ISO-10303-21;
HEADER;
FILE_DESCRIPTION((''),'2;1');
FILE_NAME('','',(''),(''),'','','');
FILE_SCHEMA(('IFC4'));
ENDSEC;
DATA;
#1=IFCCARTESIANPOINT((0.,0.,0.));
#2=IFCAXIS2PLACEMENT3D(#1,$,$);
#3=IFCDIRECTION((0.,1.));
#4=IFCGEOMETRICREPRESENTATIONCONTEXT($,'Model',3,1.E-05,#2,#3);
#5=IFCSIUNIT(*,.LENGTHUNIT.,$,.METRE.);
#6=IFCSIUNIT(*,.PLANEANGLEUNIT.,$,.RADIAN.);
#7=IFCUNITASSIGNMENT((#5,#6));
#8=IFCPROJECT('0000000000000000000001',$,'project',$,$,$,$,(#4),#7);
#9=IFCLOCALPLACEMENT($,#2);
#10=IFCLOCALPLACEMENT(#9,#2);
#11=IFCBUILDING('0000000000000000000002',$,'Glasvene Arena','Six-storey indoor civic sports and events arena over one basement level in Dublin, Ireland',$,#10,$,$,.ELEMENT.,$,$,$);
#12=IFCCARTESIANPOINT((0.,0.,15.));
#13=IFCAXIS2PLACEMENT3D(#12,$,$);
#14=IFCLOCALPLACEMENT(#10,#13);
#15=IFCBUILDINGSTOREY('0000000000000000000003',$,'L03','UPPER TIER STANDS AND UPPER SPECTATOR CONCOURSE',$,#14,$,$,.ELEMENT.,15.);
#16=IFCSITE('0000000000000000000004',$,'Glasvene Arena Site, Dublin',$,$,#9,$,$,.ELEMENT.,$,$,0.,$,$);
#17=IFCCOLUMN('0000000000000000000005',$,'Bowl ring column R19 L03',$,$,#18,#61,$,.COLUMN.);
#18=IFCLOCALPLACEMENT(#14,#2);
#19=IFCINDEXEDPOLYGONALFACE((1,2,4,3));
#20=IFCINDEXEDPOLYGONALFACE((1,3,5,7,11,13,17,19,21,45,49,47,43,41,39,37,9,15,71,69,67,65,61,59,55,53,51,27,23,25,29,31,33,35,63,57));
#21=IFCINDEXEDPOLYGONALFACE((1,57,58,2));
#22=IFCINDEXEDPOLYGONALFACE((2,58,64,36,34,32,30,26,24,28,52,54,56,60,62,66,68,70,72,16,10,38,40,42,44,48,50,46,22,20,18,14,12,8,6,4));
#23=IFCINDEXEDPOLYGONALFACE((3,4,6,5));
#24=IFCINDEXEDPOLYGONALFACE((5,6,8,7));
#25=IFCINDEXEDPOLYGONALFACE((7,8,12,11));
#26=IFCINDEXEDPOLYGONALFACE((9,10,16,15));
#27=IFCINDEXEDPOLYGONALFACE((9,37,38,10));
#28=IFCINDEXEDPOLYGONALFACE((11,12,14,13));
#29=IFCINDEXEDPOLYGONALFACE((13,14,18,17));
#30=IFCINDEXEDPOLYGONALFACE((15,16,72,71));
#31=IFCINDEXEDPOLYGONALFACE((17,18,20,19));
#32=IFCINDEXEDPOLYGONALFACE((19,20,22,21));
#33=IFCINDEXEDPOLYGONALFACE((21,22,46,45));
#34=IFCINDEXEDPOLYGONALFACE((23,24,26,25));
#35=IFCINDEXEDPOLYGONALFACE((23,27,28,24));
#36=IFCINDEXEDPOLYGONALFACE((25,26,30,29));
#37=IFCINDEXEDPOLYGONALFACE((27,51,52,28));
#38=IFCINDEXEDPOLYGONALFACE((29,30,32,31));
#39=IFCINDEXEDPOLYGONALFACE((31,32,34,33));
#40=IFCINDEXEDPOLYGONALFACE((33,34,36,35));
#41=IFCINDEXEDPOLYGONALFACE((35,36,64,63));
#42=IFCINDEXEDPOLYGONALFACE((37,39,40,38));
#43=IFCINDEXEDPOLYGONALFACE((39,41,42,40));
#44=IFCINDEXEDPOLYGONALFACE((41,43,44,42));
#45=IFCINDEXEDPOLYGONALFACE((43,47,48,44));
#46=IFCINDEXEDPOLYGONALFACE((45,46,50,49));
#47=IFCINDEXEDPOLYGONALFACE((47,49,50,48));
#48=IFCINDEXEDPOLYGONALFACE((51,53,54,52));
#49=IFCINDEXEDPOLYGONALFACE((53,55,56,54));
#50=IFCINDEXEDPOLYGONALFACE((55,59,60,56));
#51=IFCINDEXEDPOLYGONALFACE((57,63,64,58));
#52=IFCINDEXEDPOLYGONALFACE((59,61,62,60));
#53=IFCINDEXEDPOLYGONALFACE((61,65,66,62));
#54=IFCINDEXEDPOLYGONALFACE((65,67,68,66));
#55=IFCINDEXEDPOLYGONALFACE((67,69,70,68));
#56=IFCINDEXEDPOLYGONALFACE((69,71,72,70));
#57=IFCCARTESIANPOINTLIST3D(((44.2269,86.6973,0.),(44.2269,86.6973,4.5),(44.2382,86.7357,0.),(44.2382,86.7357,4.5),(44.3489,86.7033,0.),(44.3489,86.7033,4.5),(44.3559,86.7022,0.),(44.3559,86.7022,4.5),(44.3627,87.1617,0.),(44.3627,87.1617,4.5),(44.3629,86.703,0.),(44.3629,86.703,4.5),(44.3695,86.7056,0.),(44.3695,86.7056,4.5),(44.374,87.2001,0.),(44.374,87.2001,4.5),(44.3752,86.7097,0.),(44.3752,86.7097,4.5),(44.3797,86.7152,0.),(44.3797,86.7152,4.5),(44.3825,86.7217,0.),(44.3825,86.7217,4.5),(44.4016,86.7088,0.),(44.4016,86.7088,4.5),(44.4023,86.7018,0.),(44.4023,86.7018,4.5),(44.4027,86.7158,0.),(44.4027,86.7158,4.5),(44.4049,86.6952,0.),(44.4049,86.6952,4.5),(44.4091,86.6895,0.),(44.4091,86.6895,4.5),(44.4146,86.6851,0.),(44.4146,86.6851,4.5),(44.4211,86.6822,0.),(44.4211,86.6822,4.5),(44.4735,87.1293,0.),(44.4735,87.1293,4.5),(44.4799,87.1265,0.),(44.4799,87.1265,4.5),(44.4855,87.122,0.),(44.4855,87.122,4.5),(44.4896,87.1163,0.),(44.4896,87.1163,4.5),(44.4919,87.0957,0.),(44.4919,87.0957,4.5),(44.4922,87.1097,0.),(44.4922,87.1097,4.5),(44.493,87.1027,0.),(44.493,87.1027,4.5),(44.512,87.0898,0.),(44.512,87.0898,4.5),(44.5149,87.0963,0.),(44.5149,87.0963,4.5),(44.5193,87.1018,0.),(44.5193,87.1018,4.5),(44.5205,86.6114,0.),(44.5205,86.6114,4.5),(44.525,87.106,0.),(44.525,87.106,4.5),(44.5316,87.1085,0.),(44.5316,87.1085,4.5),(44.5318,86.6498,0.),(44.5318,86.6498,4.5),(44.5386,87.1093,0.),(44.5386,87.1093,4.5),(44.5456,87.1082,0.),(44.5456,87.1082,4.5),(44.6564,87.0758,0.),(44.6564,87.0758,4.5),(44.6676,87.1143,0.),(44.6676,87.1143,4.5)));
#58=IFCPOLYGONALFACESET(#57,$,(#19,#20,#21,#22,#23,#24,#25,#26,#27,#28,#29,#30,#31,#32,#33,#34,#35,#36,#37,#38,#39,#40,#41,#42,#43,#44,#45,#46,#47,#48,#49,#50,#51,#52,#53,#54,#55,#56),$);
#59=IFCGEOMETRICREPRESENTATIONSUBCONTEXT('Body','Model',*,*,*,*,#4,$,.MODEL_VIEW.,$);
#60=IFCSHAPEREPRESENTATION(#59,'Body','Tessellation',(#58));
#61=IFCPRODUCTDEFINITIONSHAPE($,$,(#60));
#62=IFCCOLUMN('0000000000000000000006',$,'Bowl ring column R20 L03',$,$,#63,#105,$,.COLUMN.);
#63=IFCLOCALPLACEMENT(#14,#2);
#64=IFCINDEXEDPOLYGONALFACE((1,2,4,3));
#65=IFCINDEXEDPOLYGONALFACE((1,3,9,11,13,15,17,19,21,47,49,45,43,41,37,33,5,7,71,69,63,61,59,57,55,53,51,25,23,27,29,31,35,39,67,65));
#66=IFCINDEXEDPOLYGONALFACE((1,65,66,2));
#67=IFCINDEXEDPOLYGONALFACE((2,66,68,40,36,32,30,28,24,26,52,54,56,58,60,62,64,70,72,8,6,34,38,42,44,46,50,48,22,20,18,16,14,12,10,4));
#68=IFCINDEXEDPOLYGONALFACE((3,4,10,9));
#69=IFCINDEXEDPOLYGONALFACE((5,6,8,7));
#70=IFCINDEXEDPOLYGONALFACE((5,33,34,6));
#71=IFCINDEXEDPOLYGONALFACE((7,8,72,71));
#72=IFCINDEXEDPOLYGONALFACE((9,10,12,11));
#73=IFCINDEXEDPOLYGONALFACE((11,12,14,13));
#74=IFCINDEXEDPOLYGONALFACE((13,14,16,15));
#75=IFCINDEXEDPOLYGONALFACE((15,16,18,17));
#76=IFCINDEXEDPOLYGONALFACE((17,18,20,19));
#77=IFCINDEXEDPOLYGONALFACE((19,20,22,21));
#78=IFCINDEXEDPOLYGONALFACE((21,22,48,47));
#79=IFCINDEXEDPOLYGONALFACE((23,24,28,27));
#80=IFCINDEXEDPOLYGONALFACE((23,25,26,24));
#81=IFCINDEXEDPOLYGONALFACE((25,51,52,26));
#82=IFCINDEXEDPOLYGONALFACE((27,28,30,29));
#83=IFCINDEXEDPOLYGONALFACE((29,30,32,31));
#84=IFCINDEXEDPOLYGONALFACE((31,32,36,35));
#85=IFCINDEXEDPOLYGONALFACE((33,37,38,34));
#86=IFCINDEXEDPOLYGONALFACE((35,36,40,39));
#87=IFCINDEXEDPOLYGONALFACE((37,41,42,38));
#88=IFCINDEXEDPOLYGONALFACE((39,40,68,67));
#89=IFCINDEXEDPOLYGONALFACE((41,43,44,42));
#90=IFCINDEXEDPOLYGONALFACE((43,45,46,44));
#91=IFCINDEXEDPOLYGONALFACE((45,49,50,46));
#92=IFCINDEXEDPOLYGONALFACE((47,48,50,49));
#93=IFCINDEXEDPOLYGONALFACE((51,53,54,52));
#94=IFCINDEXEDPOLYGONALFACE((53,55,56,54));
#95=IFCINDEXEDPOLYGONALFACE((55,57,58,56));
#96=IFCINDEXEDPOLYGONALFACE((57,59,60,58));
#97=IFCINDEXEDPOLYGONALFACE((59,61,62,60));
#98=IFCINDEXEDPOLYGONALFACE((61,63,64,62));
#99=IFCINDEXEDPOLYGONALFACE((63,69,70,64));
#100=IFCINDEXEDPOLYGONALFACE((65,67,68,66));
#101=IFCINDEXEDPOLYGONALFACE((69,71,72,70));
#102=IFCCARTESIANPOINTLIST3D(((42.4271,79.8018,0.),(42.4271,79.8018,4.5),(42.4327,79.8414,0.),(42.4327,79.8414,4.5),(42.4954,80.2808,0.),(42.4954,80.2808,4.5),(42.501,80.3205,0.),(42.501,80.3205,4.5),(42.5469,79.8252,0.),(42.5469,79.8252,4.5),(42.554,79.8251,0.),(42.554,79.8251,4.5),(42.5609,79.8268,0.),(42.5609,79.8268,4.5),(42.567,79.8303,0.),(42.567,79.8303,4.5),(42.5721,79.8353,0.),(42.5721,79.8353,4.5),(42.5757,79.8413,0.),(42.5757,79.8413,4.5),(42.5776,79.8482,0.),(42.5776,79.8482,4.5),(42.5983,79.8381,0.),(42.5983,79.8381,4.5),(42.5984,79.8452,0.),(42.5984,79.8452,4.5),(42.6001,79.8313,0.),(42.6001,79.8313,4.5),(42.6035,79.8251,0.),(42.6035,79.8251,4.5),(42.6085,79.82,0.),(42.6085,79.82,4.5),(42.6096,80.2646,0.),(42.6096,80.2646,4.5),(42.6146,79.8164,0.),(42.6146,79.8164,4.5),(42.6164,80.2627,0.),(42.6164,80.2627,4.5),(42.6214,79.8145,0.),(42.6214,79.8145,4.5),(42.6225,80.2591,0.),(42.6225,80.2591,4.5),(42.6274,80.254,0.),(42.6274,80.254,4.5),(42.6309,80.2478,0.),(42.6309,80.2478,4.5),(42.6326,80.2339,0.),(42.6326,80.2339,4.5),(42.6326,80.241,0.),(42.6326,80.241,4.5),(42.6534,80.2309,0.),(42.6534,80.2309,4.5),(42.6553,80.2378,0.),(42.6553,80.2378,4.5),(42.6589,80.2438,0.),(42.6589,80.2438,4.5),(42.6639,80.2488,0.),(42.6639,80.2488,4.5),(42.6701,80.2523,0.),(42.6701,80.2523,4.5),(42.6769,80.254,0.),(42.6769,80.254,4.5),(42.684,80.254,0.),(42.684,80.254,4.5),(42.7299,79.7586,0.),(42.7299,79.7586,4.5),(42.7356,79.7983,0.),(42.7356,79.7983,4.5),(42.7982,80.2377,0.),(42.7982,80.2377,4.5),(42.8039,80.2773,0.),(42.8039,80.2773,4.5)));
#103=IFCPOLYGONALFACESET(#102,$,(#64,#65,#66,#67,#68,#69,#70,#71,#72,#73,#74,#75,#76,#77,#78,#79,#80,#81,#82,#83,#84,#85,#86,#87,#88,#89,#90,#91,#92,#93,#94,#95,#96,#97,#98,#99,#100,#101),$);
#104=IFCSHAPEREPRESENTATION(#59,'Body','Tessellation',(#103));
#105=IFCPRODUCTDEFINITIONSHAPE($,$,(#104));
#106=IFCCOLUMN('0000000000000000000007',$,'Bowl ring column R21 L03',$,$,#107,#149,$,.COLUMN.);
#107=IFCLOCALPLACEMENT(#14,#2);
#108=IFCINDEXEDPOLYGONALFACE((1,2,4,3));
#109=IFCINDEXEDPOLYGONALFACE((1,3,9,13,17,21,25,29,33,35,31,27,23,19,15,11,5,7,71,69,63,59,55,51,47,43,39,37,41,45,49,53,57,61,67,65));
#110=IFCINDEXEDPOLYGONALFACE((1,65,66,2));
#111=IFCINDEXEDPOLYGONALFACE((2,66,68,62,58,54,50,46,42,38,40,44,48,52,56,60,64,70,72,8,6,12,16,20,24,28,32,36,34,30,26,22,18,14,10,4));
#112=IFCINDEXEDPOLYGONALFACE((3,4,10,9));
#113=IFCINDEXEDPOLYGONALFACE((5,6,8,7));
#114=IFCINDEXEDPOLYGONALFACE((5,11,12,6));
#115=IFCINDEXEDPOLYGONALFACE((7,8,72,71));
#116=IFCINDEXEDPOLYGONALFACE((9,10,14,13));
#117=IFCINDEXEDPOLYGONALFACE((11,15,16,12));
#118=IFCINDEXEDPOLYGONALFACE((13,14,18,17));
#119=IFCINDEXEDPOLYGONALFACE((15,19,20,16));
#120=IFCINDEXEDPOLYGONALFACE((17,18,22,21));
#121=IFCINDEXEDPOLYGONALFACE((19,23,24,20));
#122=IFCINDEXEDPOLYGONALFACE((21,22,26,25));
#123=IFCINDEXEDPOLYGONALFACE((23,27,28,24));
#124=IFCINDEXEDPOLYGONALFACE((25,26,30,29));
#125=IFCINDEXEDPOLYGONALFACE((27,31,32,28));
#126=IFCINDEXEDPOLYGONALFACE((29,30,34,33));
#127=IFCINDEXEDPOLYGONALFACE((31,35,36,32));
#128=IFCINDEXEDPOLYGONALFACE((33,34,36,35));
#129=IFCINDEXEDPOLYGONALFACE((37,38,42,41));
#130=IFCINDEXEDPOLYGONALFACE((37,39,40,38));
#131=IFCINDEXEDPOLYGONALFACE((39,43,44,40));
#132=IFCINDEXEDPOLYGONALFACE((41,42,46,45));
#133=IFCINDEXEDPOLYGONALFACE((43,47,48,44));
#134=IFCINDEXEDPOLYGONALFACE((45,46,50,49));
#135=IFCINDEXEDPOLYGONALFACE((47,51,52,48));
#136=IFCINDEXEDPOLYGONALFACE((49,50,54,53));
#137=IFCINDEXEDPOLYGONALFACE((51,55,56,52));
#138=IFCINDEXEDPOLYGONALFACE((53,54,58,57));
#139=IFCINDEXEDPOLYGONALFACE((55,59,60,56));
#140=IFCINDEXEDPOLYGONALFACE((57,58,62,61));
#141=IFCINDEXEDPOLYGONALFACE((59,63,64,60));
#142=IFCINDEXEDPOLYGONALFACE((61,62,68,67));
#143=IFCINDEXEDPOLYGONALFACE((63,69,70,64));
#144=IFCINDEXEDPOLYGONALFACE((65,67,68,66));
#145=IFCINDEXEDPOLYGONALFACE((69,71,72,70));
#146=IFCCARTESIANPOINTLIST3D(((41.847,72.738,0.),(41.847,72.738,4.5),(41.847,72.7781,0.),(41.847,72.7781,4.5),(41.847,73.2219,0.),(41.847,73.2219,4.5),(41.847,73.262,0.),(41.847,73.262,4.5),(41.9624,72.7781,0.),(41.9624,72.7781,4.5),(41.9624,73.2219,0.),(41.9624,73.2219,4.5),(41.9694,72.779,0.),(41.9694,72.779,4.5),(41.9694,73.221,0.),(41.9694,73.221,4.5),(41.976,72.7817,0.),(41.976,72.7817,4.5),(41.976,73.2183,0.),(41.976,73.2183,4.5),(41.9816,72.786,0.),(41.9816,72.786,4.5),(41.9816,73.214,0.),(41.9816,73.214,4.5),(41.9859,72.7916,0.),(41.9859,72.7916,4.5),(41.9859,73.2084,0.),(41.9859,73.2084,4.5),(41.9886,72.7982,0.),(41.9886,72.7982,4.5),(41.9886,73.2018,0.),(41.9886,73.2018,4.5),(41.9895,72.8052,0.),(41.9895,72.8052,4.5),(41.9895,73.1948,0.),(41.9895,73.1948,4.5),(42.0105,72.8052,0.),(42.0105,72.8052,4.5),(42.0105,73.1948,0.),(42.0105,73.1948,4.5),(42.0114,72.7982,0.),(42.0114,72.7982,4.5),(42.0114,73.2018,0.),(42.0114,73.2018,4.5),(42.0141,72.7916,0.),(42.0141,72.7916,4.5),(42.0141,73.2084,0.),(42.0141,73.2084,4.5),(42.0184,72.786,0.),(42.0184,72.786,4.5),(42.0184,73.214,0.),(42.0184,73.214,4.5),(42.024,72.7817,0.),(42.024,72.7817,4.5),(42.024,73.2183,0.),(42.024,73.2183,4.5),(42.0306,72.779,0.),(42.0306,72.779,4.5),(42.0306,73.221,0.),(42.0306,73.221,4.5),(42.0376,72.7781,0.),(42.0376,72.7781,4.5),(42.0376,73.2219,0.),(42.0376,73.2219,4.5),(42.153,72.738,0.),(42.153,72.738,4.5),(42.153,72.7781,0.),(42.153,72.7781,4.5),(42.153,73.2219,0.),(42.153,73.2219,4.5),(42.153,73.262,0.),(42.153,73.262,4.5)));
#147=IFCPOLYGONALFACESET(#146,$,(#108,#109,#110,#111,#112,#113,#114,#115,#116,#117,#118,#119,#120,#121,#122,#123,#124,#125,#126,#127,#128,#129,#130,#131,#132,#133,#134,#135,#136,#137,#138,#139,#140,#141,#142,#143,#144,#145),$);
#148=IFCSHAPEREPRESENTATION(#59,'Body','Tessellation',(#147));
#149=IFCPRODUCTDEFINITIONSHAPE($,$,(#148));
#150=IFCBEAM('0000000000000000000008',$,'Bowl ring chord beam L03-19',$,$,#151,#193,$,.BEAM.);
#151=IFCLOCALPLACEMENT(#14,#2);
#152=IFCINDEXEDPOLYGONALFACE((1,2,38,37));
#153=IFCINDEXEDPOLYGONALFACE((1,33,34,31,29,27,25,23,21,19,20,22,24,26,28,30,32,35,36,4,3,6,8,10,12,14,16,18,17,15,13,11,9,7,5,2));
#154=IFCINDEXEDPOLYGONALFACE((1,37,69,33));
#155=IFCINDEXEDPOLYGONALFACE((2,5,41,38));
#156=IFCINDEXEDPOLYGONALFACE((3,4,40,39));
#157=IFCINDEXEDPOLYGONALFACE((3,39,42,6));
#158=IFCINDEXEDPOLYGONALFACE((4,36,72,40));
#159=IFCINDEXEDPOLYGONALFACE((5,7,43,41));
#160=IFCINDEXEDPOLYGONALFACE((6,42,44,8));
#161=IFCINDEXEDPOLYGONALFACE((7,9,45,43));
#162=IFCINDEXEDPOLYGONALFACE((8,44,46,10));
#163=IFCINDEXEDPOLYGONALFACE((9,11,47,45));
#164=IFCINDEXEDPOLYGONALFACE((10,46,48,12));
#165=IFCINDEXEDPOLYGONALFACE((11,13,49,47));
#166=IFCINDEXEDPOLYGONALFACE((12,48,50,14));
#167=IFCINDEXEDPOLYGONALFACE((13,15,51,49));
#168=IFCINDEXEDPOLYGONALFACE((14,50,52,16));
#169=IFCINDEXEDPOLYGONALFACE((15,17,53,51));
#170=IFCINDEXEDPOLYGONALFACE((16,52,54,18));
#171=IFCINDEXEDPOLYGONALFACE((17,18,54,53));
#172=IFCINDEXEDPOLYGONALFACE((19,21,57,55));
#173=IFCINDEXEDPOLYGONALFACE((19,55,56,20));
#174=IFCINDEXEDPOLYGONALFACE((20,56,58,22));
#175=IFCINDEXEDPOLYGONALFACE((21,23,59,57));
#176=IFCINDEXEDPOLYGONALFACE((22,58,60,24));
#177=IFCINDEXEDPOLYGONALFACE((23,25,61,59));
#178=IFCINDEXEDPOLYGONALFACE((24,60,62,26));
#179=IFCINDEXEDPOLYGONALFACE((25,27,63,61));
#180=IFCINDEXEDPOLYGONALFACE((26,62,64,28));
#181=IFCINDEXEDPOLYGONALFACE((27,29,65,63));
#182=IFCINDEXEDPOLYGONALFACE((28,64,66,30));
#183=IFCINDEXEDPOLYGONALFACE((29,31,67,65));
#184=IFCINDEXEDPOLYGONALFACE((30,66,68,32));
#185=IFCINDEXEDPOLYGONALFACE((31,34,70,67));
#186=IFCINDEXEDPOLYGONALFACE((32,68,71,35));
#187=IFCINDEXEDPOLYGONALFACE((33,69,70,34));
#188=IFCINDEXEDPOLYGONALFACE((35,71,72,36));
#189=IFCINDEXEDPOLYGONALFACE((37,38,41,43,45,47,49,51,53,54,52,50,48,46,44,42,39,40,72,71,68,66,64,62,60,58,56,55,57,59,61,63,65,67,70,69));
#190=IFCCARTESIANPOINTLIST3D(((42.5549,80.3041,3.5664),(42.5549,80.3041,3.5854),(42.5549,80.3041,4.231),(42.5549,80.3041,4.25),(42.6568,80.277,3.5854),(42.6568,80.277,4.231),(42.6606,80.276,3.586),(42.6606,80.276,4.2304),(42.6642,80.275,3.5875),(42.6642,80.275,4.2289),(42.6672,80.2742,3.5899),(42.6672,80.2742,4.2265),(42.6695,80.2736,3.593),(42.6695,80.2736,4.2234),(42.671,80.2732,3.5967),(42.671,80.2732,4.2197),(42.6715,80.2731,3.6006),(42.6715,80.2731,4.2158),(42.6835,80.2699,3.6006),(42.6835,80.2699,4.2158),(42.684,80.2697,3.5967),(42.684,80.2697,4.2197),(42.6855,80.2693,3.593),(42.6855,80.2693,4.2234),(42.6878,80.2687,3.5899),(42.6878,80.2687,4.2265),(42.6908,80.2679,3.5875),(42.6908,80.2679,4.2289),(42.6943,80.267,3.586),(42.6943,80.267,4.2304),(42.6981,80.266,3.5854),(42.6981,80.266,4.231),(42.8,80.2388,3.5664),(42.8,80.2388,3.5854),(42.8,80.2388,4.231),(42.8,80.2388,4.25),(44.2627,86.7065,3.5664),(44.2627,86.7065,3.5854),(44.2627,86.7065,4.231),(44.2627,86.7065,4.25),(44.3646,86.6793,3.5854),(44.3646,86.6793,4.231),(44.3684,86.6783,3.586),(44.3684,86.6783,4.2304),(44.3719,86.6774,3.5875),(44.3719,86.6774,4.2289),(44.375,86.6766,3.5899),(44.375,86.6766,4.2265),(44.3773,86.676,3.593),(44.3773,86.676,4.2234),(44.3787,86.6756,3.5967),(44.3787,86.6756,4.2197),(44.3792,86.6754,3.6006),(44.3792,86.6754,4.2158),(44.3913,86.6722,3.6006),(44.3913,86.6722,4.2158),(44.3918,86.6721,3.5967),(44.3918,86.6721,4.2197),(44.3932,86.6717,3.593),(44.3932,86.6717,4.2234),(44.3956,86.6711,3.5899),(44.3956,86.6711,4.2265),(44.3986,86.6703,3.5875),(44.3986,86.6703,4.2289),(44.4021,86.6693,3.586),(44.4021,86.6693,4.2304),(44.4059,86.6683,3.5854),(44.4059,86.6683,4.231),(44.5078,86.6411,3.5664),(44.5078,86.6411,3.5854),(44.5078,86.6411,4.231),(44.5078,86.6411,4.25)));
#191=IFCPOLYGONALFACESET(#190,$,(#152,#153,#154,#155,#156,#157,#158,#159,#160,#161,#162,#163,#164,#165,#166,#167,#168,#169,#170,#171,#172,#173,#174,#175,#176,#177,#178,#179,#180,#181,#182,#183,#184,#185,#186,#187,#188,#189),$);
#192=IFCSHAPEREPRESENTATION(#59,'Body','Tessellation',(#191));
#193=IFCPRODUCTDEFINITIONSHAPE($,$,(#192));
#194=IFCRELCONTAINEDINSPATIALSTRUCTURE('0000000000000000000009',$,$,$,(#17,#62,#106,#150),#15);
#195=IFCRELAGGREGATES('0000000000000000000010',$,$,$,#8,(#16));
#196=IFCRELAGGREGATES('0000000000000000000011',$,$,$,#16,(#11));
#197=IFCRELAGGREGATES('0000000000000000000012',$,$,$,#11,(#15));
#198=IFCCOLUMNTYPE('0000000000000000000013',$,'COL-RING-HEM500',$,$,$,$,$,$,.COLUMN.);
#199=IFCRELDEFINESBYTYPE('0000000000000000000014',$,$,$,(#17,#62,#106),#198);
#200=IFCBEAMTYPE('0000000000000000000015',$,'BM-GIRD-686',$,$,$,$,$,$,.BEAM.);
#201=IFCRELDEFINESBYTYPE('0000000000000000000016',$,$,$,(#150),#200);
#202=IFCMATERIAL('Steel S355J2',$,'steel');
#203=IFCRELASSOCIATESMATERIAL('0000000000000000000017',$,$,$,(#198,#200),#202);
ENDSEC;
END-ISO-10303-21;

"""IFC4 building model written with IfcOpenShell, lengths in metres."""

from ifc_helpers import new_model, si_unit, direction, frame, origin, origin_2d, place, context, subcontext, project, spatial, i_section, extrude, material, material_profile, profile_set, type_object, element, save


model = new_model("IFC4")

# Units and contexts
model_context = context("Model", 3, precision=1e-05, world=origin(), true_north=direction((0.0, 1.0)))
body_context = subcontext(model_context, "Body", "Model", "MODEL_VIEW")
ifc_project = project(units=[si_unit("LENGTHUNIT", "METRE"), si_unit("PLANEANGLEUNIT", "RADIAN")], contexts=[model_context])

# Site, building, storey
site_placement = place(None, origin())
site = spatial("IfcSite", under=ifc_project, at=site_placement, Name="Glasvene Arena Site, Dublin", CompositionType="ELEMENT", RefElevation=0.0)
building_placement = place(site_placement, origin())
building = spatial("IfcBuilding", under=site, at=building_placement, Name="Glasvene Arena", Description="Six-storey indoor civic sports and events arena over one basement level in Dublin, Ireland", CompositionType="ELEMENT")
storey_placement = place(building_placement, frame((0.0, 0.0, 15.0)))
storey = spatial("IfcBuildingStorey", under=building, at=storey_placement, Name="L03", Description="UPPER TIER STANDS AND UPPER SPECTATOR CONCOURSE", CompositionType="ELEMENT", Elevation=15.0)

# Columns
ifc_material_1 = material(Name="Steel S355J2", Category="steel")
ifc_material_profile_1 = material_profile(ifc_material_1, i_section(OverallWidth=0.3059, OverallDepth=0.5239, WebThickness=0.021, FlangeThickness=0.04, FilletRadius=0.0271, at=origin_2d()), Name="HEM 500")
ifc_profile_set_1 = profile_set([ifc_material_profile_1], Name="Steel S355J2")
column_type = type_object("IfcColumnType", Name="COL-RING-HEM500", PredefinedType="COLUMN", material=ifc_profile_set_1)
for number, where, z_axis, x_axis, name in (
    (1, (44.4473, 86.9058, 0.0), (0.0, 0.0, 1.0), (-0.959805, 0.280667, 0.0), "Bowl ring column R19 L03"),
    (2, (42.6155, 80.0396, 0.0), (0.0, 0.0, 1.0), (-0.989999, 0.141074, 0.0), "Bowl ring column R20 L03"),
    (3, (42.0, 73.0, 0.0), (0.0, 0.0, 1.0), (-1.0, 0.0, 0.0), "Bowl ring column R21 L03"),
):
    element("IfcColumn", number, at=place(storey_placement, frame(where, z_axis=z_axis, x_axis=x_axis)), inside=storey, type_object=column_type, Name=name, PredefinedType="COLUMN", context=body_context, shape_type="SweptSolid", body=[
        extrude(i_section(OverallWidth=0.3059, OverallDepth=0.5239, WebThickness=0.021, FlangeThickness=0.04, FilletRadius=0.0271, at=origin_2d()), origin(), (0.0, 0.0, 1.0), 4.5),
    ])

# Beam
ifc_material_profile_2 = material_profile(ifc_material_1, i_section(OverallWidth=0.2537, OverallDepth=0.6836, WebThickness=0.0125, FlangeThickness=0.019, FilletRadius=0.0151, at=origin_2d()), Name="UKB 686x254x140")
ifc_profile_set_2 = profile_set([ifc_material_profile_2], Name="Steel S355J2")
beam_type_1 = type_object("IfcBeamType", Name="BM-GIRD-686", PredefinedType="BEAM", material=ifc_profile_set_2)
beam_1_placement = place(storey_placement, frame((44.3853, 86.6738, 3.9082), z_axis=(-0.257729, -0.966217, 0.0), x_axis=(0.966217, -0.257729, 0.0)))
element("IfcBeam", 4, at=beam_1_placement, inside=storey, type_object=beam_type_1, Name="Bowl ring chord beam L03-19", PredefinedType="BEAM", context=body_context, shape_type="SweptSolid", body=[
    extrude(i_section(OverallWidth=0.2537, OverallDepth=0.6836, WebThickness=0.0125, FlangeThickness=0.019, FilletRadius=0.0151, at=origin_2d()), origin(), (0.0, 0.0, 1.0), 6.6262),
])

save(model, "model.ifc")
